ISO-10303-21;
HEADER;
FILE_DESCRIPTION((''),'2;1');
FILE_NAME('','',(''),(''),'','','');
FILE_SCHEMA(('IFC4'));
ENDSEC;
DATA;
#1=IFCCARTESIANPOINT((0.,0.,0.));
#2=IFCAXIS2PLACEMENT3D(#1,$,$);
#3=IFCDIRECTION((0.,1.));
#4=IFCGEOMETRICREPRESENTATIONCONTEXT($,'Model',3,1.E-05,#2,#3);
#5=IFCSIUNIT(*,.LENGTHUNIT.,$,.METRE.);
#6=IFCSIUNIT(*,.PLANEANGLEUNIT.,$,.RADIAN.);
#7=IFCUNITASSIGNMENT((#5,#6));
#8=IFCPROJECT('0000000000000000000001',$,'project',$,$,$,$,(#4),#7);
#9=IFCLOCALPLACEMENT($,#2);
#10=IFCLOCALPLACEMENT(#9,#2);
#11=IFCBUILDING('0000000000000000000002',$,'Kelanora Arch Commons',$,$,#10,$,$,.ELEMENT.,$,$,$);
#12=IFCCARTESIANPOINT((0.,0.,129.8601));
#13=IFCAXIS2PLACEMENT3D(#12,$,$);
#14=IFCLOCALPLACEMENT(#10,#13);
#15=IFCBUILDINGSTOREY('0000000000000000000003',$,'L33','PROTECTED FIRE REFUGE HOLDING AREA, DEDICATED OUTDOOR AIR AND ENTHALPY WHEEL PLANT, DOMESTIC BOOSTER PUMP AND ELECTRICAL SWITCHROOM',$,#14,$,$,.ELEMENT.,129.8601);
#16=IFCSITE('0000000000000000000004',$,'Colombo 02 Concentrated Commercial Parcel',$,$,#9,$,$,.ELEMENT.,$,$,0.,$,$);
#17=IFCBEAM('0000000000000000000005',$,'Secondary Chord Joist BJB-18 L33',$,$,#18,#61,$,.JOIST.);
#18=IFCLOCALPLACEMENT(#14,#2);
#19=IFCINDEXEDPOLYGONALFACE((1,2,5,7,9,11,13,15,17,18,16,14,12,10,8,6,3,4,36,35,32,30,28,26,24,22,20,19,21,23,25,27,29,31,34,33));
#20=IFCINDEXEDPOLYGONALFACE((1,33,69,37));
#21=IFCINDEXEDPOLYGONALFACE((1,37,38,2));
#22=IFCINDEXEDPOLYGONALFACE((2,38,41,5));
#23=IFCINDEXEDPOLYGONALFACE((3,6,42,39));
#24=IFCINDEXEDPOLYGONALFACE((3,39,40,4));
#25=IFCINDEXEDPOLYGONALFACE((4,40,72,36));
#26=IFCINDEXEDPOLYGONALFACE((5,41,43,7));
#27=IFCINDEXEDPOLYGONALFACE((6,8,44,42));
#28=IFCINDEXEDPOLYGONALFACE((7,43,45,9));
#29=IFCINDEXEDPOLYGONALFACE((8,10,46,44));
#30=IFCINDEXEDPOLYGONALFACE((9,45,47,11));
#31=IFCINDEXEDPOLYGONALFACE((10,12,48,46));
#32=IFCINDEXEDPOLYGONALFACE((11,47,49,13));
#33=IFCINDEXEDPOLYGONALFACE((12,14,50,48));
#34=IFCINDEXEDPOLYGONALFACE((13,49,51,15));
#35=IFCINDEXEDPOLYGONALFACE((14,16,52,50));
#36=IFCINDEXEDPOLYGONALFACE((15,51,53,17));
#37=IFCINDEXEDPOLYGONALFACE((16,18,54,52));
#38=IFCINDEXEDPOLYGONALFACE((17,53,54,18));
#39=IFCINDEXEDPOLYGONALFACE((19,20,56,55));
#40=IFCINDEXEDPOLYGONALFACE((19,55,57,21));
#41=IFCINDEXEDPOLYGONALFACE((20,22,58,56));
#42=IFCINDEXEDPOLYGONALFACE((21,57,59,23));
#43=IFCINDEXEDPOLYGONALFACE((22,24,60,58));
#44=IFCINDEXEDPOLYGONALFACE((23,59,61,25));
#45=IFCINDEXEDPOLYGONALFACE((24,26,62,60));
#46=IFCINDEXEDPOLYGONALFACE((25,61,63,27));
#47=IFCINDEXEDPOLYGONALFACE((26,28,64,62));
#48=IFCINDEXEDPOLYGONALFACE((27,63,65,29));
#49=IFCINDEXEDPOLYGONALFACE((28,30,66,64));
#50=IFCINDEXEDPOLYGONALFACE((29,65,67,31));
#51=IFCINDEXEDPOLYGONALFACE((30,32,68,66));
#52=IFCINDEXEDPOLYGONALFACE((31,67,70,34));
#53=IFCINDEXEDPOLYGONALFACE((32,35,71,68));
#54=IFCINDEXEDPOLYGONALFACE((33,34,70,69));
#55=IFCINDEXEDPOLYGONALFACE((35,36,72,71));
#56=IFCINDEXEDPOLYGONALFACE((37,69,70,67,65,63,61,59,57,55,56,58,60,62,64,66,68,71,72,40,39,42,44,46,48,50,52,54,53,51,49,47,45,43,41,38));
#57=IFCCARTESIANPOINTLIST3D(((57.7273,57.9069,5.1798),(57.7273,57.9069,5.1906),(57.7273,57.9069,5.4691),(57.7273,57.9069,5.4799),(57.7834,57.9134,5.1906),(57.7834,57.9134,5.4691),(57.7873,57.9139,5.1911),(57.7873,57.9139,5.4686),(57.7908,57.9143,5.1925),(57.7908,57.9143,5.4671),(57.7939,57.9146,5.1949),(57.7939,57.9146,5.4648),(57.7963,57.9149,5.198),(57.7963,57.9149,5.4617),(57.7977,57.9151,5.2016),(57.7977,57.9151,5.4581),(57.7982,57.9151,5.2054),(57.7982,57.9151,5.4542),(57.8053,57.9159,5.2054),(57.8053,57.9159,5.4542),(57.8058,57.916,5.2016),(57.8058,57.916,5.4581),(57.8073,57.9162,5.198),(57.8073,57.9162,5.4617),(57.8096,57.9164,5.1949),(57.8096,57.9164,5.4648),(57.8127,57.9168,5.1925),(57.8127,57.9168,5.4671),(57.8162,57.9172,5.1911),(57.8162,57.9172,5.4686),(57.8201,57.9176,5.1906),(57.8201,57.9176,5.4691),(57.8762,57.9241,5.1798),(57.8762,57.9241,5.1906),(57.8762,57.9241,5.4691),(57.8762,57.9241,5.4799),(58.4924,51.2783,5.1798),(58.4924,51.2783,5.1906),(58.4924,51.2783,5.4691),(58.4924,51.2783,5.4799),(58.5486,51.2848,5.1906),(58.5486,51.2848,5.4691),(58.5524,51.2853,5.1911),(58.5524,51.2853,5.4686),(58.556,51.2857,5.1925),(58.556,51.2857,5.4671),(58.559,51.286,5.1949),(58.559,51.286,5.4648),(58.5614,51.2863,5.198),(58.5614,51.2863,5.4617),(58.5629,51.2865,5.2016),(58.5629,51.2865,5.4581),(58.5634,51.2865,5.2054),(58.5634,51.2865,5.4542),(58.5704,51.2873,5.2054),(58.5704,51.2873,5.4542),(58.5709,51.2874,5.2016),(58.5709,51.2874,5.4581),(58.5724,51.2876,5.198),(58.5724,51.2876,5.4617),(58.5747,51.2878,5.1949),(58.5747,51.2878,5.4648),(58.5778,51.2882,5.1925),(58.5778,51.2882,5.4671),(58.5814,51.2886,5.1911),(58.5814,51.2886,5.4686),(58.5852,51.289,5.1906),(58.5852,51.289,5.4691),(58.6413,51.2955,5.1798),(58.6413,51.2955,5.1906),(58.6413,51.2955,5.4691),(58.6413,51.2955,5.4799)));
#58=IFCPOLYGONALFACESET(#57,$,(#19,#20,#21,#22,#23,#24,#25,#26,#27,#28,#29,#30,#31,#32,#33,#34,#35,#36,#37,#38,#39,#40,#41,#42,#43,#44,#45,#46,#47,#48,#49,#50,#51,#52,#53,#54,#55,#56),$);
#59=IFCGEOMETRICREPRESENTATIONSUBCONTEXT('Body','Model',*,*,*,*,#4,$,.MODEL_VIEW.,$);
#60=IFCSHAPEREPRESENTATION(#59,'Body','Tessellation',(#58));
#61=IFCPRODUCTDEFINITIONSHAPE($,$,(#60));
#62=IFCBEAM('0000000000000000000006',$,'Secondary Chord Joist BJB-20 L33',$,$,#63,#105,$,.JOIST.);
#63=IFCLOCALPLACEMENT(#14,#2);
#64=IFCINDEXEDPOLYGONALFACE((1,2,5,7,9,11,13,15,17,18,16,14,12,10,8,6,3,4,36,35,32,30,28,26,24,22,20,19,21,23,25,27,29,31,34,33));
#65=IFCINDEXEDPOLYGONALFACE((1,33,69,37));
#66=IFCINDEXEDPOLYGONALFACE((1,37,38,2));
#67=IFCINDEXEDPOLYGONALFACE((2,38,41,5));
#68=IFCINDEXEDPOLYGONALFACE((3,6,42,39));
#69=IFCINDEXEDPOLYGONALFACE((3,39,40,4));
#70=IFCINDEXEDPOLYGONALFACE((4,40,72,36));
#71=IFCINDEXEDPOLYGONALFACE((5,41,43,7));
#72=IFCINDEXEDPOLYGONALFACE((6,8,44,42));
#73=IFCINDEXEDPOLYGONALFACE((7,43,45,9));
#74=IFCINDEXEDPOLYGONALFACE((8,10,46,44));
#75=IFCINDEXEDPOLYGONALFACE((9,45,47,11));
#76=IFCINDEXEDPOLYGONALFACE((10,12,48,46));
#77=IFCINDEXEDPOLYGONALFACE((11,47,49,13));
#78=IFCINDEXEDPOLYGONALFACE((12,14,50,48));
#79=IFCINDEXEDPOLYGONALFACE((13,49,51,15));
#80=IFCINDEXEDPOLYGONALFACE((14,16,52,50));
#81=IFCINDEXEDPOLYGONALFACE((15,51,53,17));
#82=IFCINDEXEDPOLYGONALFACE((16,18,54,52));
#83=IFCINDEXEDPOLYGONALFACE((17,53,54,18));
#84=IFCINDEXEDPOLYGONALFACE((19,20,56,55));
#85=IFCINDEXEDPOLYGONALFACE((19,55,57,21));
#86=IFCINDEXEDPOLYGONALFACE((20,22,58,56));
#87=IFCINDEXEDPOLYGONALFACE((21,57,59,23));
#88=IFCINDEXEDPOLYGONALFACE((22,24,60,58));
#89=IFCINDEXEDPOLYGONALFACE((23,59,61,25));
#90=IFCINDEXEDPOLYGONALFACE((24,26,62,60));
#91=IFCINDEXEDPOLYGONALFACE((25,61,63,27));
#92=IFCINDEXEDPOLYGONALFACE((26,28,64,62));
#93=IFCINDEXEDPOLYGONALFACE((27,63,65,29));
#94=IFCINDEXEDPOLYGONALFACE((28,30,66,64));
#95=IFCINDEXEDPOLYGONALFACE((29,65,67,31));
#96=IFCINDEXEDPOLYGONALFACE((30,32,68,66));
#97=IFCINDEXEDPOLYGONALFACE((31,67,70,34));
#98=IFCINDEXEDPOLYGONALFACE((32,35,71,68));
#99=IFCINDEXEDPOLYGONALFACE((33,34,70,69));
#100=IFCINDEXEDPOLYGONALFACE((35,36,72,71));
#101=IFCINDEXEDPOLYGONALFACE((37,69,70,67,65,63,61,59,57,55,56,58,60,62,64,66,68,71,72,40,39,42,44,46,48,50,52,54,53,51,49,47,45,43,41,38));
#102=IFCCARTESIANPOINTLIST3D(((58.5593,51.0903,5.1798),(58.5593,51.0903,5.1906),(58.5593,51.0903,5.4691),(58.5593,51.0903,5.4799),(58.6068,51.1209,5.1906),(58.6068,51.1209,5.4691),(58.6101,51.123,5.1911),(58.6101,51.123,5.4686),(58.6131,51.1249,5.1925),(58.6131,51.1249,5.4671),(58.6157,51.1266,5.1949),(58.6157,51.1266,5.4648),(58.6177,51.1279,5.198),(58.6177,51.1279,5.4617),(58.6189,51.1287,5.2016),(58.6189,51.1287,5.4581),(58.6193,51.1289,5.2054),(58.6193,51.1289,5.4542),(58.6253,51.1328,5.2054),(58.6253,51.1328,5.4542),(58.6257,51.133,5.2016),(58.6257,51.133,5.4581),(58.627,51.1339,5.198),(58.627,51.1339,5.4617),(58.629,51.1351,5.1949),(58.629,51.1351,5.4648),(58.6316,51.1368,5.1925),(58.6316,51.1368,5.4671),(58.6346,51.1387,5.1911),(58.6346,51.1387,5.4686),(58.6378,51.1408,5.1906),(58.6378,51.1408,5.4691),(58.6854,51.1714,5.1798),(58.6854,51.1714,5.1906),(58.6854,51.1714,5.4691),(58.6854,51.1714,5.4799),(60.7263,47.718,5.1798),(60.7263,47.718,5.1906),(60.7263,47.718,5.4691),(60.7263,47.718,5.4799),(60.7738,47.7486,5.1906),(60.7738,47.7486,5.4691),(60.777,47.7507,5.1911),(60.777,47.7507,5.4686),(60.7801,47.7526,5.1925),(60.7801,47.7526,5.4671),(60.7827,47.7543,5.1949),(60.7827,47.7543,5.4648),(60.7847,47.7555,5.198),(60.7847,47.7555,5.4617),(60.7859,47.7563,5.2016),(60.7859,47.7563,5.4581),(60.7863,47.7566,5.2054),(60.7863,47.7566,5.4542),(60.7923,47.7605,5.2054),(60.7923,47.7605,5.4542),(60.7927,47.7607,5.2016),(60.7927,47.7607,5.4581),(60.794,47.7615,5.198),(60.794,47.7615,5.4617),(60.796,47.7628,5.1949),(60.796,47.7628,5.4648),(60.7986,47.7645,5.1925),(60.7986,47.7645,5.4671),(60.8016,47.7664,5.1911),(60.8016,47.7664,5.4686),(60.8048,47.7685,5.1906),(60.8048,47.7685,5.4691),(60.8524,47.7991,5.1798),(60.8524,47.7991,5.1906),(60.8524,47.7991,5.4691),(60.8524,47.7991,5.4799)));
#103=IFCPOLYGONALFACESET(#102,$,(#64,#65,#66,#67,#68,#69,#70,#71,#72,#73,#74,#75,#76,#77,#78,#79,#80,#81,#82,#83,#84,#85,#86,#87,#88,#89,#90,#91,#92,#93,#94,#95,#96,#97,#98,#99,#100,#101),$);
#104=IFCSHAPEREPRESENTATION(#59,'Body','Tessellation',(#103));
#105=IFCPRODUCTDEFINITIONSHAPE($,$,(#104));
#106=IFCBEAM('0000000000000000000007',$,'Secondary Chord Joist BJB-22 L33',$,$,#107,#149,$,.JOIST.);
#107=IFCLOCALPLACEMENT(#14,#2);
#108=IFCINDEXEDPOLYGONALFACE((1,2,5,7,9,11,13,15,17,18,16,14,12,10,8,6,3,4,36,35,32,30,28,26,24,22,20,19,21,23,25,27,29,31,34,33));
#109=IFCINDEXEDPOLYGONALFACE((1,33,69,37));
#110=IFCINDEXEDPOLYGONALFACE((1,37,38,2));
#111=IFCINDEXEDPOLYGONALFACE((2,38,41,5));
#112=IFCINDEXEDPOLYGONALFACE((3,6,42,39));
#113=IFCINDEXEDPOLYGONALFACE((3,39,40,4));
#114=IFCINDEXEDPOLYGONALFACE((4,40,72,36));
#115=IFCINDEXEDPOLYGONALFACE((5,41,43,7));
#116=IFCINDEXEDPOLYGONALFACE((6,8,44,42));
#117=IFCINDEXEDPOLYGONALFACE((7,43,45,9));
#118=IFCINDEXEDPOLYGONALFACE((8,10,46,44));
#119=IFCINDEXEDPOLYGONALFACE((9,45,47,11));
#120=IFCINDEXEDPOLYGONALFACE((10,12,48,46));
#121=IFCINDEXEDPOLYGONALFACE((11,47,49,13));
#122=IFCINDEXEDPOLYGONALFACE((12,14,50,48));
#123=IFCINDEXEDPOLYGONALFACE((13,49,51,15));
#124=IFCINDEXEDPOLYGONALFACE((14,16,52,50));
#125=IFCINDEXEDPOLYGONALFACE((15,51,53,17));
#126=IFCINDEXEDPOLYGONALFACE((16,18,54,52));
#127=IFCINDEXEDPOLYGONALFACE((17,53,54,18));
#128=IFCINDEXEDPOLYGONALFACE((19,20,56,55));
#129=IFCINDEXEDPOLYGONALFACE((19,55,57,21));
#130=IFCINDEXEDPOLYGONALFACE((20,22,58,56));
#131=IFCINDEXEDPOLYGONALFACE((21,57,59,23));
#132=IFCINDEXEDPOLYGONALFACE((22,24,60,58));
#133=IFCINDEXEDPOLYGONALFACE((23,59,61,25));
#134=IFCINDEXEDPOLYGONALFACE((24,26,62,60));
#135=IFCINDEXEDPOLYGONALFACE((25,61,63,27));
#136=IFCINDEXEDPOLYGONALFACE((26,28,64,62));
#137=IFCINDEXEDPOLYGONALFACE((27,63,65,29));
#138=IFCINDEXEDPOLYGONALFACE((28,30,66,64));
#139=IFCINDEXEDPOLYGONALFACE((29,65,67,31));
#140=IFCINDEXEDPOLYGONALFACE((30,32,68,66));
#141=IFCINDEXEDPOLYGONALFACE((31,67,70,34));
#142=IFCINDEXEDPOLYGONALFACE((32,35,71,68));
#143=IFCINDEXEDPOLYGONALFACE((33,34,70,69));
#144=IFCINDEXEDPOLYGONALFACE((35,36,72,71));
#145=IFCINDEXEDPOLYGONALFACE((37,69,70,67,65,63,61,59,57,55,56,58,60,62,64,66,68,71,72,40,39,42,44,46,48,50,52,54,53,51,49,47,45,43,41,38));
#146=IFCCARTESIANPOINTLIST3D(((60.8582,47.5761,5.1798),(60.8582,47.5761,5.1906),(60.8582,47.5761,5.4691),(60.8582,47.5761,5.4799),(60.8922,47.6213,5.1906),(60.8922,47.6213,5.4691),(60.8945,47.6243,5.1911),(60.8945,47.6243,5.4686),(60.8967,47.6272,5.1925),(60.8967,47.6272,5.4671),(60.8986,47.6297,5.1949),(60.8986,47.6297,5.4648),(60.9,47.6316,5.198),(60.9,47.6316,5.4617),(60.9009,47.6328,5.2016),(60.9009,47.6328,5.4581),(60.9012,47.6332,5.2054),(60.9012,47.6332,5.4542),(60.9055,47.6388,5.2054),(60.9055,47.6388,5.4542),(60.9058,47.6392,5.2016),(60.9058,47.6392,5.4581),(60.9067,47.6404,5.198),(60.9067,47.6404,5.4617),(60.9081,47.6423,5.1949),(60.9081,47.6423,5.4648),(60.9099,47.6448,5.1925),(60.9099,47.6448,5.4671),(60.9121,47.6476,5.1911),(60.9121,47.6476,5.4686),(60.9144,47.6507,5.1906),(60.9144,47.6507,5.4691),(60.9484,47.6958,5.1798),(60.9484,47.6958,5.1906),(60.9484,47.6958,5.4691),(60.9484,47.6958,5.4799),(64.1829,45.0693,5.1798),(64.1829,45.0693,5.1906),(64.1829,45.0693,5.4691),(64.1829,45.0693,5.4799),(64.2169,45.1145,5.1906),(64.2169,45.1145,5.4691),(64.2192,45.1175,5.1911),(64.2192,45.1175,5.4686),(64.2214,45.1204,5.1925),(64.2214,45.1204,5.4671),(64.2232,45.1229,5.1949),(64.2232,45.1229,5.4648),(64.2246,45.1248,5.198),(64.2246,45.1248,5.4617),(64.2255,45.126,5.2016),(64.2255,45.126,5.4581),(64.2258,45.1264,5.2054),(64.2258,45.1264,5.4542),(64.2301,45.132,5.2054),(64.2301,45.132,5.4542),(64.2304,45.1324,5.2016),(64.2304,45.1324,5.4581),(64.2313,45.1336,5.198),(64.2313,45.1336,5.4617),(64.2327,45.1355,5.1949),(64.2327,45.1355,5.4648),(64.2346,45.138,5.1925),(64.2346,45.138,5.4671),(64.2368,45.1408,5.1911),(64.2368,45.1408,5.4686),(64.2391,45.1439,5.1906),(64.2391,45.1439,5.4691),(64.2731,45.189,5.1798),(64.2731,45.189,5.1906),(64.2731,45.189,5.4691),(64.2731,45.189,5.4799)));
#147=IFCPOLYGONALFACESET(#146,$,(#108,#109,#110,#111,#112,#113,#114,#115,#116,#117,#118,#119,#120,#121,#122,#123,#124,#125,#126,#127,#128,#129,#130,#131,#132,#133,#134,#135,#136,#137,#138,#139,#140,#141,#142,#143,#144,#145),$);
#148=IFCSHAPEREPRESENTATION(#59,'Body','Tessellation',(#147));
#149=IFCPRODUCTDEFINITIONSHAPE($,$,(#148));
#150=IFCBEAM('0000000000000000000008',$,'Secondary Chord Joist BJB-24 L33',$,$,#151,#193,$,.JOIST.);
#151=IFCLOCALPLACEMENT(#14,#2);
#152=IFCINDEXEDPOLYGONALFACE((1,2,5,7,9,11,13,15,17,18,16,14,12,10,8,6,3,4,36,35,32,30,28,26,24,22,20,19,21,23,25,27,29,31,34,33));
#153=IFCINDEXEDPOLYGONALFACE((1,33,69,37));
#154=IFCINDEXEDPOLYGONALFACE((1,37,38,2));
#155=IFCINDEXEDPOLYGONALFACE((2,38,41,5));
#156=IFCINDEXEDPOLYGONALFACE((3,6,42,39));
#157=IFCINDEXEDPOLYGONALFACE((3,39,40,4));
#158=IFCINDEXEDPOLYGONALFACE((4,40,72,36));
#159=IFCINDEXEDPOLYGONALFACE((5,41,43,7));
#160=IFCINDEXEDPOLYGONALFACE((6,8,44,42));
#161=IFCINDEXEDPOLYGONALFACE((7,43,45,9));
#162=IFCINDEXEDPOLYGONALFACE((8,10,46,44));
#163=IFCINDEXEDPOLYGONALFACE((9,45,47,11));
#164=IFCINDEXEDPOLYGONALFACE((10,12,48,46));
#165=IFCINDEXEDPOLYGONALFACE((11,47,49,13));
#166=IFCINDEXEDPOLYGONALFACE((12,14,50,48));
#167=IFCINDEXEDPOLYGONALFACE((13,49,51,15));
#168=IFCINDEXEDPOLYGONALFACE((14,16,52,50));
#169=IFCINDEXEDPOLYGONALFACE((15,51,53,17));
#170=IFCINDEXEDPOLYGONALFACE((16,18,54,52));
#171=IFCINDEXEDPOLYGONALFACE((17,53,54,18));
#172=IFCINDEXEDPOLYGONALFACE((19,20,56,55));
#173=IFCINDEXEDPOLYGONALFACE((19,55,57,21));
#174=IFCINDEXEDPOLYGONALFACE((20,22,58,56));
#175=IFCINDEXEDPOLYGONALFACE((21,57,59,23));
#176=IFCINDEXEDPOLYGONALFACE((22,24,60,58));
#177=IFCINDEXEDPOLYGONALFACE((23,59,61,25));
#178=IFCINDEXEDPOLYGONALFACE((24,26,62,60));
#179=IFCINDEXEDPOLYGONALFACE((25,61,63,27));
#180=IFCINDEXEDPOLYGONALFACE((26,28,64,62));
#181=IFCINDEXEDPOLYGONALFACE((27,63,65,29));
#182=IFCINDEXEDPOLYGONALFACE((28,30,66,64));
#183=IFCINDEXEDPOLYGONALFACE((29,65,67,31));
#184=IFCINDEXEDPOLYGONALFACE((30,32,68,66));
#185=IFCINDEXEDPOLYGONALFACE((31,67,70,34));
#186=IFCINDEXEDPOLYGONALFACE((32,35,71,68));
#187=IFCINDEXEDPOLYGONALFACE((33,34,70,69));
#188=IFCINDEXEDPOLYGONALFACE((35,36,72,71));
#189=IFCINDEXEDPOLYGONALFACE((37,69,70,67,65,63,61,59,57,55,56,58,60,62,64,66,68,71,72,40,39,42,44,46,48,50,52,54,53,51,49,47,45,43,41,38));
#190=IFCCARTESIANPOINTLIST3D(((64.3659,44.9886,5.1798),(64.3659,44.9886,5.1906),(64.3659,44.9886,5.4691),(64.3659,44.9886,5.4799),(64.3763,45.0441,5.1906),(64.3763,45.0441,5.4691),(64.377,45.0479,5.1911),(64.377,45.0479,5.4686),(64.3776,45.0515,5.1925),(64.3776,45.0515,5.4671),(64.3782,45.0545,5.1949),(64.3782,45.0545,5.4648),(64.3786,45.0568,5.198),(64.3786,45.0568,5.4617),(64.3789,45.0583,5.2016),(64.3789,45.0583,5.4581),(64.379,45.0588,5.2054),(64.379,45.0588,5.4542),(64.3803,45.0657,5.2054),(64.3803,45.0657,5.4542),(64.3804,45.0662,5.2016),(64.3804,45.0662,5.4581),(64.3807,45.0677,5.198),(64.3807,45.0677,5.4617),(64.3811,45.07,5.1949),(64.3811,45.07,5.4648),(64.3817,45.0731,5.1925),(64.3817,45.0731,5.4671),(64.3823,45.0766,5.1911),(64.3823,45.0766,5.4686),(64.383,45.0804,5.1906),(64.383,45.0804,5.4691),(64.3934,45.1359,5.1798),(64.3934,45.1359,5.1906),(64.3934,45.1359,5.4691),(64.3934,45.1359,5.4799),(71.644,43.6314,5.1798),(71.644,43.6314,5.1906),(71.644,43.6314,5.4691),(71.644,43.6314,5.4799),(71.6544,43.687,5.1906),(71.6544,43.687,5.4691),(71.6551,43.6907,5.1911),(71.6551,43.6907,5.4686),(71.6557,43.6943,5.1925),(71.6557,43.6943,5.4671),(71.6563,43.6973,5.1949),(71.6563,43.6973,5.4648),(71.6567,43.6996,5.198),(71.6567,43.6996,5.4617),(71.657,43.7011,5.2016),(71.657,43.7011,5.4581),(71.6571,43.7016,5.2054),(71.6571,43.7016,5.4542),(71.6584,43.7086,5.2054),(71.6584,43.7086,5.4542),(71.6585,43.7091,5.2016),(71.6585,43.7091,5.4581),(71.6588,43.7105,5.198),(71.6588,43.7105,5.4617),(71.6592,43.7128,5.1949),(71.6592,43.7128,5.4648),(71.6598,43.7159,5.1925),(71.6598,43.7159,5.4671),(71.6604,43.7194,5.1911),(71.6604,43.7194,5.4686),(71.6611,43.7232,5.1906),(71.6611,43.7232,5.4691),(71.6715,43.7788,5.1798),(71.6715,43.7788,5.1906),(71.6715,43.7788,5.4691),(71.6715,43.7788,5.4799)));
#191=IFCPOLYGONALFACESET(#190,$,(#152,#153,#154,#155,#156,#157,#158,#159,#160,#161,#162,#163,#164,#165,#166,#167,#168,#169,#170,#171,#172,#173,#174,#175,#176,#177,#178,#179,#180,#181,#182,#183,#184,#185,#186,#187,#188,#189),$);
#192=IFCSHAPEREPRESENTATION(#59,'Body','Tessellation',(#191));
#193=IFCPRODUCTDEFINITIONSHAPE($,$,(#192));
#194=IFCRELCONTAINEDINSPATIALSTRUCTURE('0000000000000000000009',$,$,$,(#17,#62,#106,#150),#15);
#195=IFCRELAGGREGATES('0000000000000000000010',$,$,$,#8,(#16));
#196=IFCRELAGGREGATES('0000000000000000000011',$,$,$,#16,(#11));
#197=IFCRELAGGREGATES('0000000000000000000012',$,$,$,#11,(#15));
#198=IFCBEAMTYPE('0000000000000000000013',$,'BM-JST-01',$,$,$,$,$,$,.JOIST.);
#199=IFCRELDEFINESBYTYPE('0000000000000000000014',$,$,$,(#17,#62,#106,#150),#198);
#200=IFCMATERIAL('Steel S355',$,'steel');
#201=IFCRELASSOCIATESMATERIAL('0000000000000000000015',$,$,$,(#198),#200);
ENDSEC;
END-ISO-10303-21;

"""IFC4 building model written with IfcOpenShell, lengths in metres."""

from ifc_helpers import new_model, si_unit, direction, frame, origin, origin_2d, place, context, subcontext, project, spatial, i_section, extrude, material, material_profile, profile_set, type_object, element, save


model = new_model("IFC4")

# Units and contexts
model_context = context("Model", 3, precision=1e-05, world=origin(), true_north=direction((0.0, 1.0)))
body_context = subcontext(model_context, "Body", "Model", "MODEL_VIEW")
ifc_project = project(units=[si_unit("LENGTHUNIT", "METRE"), si_unit("PLANEANGLEUNIT", "RADIAN")], contexts=[model_context])

# Site, building, storey
site_placement = place(None, origin())
site = spatial("IfcSite", under=ifc_project, at=site_placement, Name="Colombo 02 Concentrated Commercial Parcel", CompositionType="ELEMENT", RefElevation=0.0)
building_placement = place(site_placement, origin())
building = spatial("IfcBuilding", under=site, at=building_placement, Name="Kelanora Arch Commons", CompositionType="ELEMENT")
storey_placement = place(building_placement, frame((0.0, 0.0, 129.8601)))
storey = spatial("IfcBuildingStorey", under=building, at=storey_placement, Name="L33", Description="PROTECTED FIRE REFUGE HOLDING AREA, DEDICATED OUTDOOR AIR AND ENTHALPY WHEEL PLANT, DOMESTIC BOOSTER PUMP AND ELECTRICAL SWITCHROOM", CompositionType="ELEMENT", Elevation=129.8601)

# Beams
ifc_material_1 = material(Name="Steel S355", Category="steel")
ifc_material_profile_1 = material_profile(ifc_material_1, i_section(OverallWidth=0.1499, OverallDepth=0.3, WebThickness=0.0071, FlangeThickness=0.0107, FilletRadius=0.0149, at=origin_2d()), Name="IPE300")
ifc_profile_set_1 = profile_set([ifc_material_profile_1], Name="Steel S355")
beam_type_1 = type_object("IfcBeamType", Name="BM-JST-01", PredefinedType="JOIST", material=ifc_profile_set_1)
beam_1_placement = place(storey_placement, frame((57.8018, 57.9155, 5.3298), z_axis=(0.114667, -0.993404, 0.0), x_axis=(0.993404, 0.114667, 0.0)))
element("IfcBeam", 1, at=beam_1_placement, inside=storey, type_object=beam_type_1, Name="Secondary Chord Joist BJB-18 L33", PredefinedType="JOIST", context=body_context, shape_type="SweptSolid", body=[
    extrude(i_section(OverallWidth=0.1499, OverallDepth=0.3, WebThickness=0.0071, FlangeThickness=0.0107, FilletRadius=0.0149, at=origin_2d()), origin(), (0.0, 0.0, 1.0), 6.6726),
])
beam_2_placement = place(storey_placement, frame((58.6223, 51.1309, 5.3298), z_axis=(0.540594, -0.841283, 0.0), x_axis=(0.841283, 0.540594, 0.0)))
element("IfcBeam", 2, at=beam_2_placement, inside=storey, type_object=beam_type_1, Name="Secondary Chord Joist BJB-20 L33", PredefinedType="JOIST", context=body_context, shape_type="SweptSolid", body=[
    extrude(i_section(OverallWidth=0.1499, OverallDepth=0.3, WebThickness=0.0071, FlangeThickness=0.0107, FilletRadius=0.0149, at=origin_2d()), origin(), (0.0, 0.0, 1.0), 4.0085),
])
beam_3_placement = place(storey_placement, frame((60.9033, 47.636, 5.3298), z_axis=(0.798464, -0.602043, 0.0), x_axis=(0.602043, 0.798464, 0.0)))
element("IfcBeam", 3, at=beam_3_placement, inside=storey, type_object=beam_type_1, Name="Secondary Chord Joist BJB-22 L33", PredefinedType="JOIST", context=body_context, shape_type="SweptSolid", body=[
    extrude(i_section(OverallWidth=0.1499, OverallDepth=0.3, WebThickness=0.0071, FlangeThickness=0.0107, FilletRadius=0.0149, at=origin_2d()), origin(), (0.0, 0.0, 1.0), 4.1638),
])
beam_4_placement = place(storey_placement, frame((64.3796, 45.0623, 5.3298), z_axis=(0.983054, -0.183315, 0.0), x_axis=(0.183315, 0.983054, 0.0)))
element("IfcBeam", 4, at=beam_4_placement, inside=storey, type_object=beam_type_1, Name="Secondary Chord Joist BJB-24 L33", PredefinedType="JOIST", context=body_context, shape_type="SweptSolid", body=[
    extrude(i_section(OverallWidth=0.1499, OverallDepth=0.3, WebThickness=0.0071, FlangeThickness=0.0107, FilletRadius=0.0149, at=origin_2d()), origin(), (0.0, 0.0, 1.0), 7.4036),
])

save(model, "model.ifc")
